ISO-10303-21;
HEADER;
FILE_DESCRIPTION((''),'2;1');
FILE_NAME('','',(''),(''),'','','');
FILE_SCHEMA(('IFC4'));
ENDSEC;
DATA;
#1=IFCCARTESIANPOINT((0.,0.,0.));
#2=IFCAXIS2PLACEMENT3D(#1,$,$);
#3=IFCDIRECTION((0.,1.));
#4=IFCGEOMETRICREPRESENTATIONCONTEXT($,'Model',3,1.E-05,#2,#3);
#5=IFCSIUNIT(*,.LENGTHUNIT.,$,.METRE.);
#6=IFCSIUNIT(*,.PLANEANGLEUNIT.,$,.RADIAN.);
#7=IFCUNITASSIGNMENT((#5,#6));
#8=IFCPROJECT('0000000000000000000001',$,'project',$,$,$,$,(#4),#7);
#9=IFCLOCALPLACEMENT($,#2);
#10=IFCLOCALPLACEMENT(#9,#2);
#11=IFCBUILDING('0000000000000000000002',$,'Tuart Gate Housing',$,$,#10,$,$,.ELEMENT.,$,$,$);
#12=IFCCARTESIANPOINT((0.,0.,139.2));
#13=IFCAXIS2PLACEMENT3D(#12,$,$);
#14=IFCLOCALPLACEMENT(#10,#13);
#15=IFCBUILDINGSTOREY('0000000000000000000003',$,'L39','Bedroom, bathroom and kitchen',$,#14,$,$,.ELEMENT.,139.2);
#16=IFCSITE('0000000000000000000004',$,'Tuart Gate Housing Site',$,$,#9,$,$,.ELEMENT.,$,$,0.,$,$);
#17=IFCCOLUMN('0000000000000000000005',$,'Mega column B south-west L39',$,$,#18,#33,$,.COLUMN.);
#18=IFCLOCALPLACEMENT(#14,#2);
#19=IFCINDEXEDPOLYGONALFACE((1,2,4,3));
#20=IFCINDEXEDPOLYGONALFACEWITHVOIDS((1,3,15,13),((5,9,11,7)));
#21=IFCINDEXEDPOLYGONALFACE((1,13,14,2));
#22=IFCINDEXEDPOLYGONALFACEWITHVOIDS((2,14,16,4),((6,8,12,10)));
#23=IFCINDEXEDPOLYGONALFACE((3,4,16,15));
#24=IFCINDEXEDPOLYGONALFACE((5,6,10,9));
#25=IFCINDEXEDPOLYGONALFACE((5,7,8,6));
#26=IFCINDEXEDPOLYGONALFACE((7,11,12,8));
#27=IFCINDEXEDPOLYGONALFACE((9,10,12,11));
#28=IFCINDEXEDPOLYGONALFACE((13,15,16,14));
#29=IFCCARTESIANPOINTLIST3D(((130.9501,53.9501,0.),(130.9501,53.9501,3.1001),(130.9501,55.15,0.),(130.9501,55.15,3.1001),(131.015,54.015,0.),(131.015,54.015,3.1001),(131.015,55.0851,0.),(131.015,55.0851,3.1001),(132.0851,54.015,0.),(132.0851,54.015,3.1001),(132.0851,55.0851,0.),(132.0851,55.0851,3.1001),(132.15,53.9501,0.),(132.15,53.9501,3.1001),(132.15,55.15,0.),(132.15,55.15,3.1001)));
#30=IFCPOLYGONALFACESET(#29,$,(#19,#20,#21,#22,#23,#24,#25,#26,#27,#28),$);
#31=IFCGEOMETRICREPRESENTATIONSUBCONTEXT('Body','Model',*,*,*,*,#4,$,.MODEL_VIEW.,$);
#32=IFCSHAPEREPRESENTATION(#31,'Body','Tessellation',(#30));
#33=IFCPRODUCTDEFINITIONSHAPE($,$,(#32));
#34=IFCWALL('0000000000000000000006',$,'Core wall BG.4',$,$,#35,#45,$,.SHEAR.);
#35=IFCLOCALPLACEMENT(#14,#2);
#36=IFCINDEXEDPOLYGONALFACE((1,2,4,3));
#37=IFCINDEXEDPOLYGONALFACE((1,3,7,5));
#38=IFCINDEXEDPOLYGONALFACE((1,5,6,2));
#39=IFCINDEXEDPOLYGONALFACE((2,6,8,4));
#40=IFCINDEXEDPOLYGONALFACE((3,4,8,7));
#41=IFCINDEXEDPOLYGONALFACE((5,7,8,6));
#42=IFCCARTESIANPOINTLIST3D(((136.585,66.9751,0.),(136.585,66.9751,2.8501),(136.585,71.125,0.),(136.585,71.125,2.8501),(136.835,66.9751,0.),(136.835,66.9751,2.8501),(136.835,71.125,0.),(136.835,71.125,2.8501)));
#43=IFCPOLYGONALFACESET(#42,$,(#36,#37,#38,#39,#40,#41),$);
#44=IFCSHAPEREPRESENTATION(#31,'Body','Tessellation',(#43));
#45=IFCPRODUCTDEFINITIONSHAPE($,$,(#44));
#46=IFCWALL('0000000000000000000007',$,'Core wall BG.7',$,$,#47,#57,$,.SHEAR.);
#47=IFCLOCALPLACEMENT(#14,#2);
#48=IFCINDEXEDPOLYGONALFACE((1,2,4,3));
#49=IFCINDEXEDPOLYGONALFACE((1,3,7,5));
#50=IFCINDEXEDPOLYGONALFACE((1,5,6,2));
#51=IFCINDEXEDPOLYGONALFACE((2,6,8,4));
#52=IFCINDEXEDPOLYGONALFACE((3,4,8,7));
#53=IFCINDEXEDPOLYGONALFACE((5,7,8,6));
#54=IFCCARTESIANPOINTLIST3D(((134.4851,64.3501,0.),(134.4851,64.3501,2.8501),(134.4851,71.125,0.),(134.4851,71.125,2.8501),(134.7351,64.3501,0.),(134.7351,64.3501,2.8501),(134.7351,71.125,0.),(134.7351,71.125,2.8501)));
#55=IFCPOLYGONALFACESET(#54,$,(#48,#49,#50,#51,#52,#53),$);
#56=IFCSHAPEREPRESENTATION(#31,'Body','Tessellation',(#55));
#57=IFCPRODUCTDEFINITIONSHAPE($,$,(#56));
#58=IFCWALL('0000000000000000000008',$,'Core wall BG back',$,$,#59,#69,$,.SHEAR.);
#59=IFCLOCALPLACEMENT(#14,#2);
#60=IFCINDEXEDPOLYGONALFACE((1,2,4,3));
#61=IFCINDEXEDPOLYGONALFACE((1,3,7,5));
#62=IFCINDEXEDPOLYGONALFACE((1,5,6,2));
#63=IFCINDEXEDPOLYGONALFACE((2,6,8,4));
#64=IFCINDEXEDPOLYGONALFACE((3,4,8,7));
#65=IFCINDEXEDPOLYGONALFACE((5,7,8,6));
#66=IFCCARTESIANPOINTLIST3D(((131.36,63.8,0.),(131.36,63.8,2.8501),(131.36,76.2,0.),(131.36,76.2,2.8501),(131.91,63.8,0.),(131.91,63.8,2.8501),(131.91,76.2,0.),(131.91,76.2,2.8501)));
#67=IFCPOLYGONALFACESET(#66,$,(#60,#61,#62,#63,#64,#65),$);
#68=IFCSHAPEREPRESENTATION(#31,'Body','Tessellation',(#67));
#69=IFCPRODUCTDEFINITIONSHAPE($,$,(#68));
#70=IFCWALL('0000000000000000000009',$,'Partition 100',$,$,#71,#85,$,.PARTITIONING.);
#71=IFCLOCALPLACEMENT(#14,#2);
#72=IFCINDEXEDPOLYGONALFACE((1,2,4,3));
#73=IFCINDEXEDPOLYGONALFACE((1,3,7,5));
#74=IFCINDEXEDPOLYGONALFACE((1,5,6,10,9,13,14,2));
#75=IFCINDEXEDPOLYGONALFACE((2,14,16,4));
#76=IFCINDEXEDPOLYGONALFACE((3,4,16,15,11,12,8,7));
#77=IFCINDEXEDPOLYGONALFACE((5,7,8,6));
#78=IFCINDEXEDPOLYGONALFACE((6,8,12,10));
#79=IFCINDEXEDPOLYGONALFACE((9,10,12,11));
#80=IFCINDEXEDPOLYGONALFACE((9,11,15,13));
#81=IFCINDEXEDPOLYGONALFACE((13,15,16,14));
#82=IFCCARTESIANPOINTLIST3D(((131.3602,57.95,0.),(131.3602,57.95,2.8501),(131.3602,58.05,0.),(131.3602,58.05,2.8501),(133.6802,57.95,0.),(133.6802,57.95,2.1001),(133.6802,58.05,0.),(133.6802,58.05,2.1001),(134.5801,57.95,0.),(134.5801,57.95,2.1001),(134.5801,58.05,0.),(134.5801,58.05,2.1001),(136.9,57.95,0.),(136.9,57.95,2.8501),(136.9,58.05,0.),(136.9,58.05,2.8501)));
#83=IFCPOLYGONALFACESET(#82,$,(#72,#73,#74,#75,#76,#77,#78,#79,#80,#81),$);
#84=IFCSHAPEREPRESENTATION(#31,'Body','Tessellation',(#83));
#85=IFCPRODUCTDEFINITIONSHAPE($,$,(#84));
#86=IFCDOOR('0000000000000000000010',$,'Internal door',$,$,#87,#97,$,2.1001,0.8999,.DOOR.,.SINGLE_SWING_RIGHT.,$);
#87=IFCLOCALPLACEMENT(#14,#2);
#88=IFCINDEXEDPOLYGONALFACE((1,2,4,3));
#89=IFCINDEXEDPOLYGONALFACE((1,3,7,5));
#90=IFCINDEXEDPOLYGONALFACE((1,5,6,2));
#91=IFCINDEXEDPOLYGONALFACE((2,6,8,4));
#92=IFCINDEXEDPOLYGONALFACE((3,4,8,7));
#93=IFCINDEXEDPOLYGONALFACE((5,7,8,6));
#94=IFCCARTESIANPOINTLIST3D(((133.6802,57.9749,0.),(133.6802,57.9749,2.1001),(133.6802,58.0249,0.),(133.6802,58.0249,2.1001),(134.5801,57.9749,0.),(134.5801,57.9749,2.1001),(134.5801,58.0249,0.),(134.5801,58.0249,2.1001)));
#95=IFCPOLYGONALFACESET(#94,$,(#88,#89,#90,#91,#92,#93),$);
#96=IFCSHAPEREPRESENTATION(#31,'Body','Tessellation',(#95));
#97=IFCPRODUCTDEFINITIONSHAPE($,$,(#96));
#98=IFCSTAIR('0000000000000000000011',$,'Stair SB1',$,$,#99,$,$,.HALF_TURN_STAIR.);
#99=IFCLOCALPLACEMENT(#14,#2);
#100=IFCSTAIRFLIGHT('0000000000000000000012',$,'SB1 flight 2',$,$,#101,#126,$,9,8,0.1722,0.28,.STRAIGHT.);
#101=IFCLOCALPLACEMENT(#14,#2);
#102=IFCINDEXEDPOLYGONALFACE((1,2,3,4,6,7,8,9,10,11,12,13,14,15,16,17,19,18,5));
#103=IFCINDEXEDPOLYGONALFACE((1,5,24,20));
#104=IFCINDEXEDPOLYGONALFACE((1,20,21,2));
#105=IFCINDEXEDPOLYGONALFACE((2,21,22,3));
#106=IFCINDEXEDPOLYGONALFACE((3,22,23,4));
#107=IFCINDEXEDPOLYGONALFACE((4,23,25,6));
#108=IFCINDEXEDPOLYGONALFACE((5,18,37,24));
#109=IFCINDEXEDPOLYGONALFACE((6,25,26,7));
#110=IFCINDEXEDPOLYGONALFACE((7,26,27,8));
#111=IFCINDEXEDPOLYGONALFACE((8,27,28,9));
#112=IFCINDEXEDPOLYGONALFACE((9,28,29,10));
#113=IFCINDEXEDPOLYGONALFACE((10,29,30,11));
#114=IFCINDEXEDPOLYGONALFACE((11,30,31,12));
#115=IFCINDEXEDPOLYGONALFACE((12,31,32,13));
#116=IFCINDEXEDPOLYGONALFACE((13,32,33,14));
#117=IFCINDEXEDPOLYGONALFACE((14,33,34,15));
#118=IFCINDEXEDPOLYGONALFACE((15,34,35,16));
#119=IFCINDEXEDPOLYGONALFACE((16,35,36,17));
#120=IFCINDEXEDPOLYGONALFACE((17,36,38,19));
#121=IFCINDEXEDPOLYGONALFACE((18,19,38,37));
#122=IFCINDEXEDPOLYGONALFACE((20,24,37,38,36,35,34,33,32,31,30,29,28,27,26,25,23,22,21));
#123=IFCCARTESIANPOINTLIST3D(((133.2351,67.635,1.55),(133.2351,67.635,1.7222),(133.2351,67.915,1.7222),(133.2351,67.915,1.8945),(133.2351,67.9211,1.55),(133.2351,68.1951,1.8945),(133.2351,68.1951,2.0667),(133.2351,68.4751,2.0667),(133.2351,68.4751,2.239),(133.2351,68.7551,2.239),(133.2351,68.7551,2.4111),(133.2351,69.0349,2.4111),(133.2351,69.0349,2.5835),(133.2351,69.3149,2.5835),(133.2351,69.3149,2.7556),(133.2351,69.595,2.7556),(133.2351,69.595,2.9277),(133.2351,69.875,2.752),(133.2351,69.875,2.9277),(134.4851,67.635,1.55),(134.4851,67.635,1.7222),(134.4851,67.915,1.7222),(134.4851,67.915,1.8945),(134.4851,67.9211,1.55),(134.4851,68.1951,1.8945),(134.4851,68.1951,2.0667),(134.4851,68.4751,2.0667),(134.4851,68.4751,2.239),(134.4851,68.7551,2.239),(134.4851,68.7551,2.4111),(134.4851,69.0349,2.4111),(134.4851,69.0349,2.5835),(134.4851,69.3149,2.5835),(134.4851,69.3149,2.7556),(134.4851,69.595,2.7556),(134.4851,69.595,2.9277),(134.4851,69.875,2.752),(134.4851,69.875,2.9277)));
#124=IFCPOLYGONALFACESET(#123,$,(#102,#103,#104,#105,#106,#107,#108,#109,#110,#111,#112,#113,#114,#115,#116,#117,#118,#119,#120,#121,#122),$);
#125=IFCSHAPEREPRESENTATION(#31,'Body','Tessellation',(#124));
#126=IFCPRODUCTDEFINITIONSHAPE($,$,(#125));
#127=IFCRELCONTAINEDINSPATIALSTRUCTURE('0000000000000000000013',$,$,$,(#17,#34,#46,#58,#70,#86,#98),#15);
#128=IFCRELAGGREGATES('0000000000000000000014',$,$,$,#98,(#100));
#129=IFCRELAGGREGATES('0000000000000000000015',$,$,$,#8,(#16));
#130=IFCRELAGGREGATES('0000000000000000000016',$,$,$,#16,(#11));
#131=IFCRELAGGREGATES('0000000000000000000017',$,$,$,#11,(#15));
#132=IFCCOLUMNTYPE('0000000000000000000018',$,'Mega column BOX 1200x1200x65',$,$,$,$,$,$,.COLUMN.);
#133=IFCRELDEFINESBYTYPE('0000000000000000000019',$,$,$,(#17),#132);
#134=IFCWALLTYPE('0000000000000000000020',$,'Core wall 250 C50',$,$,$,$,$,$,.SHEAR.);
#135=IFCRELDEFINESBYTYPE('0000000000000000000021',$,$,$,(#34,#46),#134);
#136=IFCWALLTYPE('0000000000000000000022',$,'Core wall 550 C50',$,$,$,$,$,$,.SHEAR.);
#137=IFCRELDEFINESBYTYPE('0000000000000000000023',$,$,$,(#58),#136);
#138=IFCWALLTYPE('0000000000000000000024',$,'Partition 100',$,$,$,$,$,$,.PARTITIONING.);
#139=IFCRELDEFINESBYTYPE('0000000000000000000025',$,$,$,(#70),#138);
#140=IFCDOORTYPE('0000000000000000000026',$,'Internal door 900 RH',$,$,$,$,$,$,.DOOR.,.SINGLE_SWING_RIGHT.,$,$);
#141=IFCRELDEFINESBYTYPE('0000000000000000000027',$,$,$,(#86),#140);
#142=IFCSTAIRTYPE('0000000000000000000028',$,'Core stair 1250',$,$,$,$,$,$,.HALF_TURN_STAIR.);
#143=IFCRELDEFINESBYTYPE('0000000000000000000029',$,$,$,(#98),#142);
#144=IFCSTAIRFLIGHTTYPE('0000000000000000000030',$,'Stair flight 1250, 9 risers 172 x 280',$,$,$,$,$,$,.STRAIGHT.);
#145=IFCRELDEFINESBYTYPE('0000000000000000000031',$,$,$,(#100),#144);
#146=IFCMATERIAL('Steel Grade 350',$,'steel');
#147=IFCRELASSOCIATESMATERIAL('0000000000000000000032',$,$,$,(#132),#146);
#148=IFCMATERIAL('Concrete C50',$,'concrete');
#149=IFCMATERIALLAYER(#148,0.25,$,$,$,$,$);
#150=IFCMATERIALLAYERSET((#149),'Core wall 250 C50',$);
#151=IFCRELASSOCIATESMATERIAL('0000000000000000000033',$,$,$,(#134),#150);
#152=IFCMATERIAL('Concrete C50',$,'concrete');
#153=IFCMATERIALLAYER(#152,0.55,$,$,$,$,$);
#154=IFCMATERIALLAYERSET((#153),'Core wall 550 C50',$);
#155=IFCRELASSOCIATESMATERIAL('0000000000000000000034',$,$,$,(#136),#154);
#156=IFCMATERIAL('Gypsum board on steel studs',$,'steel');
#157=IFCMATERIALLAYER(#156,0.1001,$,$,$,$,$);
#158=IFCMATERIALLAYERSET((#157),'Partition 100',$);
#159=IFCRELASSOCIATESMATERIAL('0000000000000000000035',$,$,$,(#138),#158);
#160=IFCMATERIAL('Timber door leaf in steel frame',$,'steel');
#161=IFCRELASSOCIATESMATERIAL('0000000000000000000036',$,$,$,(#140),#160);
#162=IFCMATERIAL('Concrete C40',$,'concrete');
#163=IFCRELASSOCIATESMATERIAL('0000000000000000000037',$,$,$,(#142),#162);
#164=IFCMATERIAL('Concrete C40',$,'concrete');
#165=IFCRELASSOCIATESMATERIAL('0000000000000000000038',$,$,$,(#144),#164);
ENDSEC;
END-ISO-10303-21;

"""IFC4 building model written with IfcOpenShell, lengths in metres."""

from ifc_helpers import new_model, si_unit, direction, frame, frame_2d, origin, origin_2d, place, context, subcontext, project, spatial, polyline, rectangle, hollow_rectangle, outline, extrude, material, layer, layer_set, material_profile, profile_set, type_object, element, fill, aggregate, save


model = new_model("IFC4")

# Units and contexts
model_context = context("Model", 3, precision=1e-05, world=origin(), true_north=direction((0.0, 1.0)))
body_context = subcontext(model_context, "Body", "Model", "MODEL_VIEW")
ifc_project = project(units=[si_unit("LENGTHUNIT", "METRE"), si_unit("PLANEANGLEUNIT", "RADIAN")], contexts=[model_context])

# Site, building, storey
site_placement = place(None, origin())
site = spatial("IfcSite", under=ifc_project, at=site_placement, Name="Tuart Gate Housing Site", CompositionType="ELEMENT", RefElevation=0.0)
building_placement = place(site_placement, origin())
building = spatial("IfcBuilding", under=site, at=building_placement, Name="Tuart Gate Housing", CompositionType="ELEMENT")
storey_placement = place(building_placement, frame((0.0, 0.0, 139.2)))
storey = spatial("IfcBuildingStorey", under=building, at=storey_placement, Name="L39", Description="Bedroom, bathroom and kitchen", CompositionType="ELEMENT", Elevation=139.2)

# Column
ifc_material_1 = material(Name="Steel Grade 350", Category="steel")
ifc_material_profile = material_profile(ifc_material_1, hollow_rectangle(XDim=1.2, YDim=1.2, WallThickness=0.0649, at=origin_2d()), Name="BOX 1200x1200x65")
ifc_profile_set = profile_set([ifc_material_profile], Name="Steel Grade 350")
column_type = type_object("IfcColumnType", Name="Mega column BOX 1200x1200x65", PredefinedType="COLUMN", material=ifc_profile_set)
column_placement = place(storey_placement, frame((131.55, 54.55, 0.0), z_axis=(0.0, 0.0, 1.0), x_axis=(1.0, 0.0, 0.0)))
element("IfcColumn", 1, at=column_placement, inside=storey, type_object=column_type, Name="Mega column B south-west L39", PredefinedType="COLUMN", context=body_context, shape_type="SweptSolid", body=[
    extrude(hollow_rectangle(XDim=1.2, YDim=1.2, WallThickness=0.0649, at=origin_2d()), origin(), (0.0, 0.0, 1.0), 3.1001),
])

# Walls
ifc_material_2 = material(Name="Concrete C50", Category="concrete")
ifc_layer_1 = layer(ifc_material_2, 0.25)
ifc_layer_set_1 = layer_set([ifc_layer_1], Name="Core wall 250 C50")
wall_type_1 = type_object("IfcWallType", Name="Core wall 250 C50", PredefinedType="SHEAR", material=ifc_layer_set_1)
wall_1_placement = place(storey_placement, frame((136.71, 66.9751, 0.0), z_axis=(0.0, 0.0, 1.0), x_axis=(0.0, 1.0, 0.0)))
element("IfcWall", 2, at=wall_1_placement, inside=storey, type_object=wall_type_1, Name="Core wall BG.4", PredefinedType="SHEAR", context=body_context, shape_type="SweptSolid", body=[
    extrude(rectangle(XDim=4.1499, YDim=0.25, at=frame_2d((2.075, 0.0))), origin(), (0.0, 0.0, 1.0), 2.8501),
])
wall_2_placement = place(storey_placement, frame((134.6101, 64.3501, 0.0), z_axis=(0.0, 0.0, 1.0), x_axis=(0.0, 1.0, 0.0)))
element("IfcWall", 3, at=wall_2_placement, inside=storey, type_object=wall_type_1, Name="Core wall BG.7", PredefinedType="SHEAR", context=body_context, shape_type="SweptSolid", body=[
    extrude(rectangle(XDim=6.7749, YDim=0.25, at=frame_2d((3.3875, 0.0))), origin(), (0.0, 0.0, 1.0), 2.8501),
])
ifc_material_3 = material(Name="Concrete C50", Category="concrete")
ifc_layer_2 = layer(ifc_material_3, 0.55)
ifc_layer_set_2 = layer_set([ifc_layer_2], Name="Core wall 550 C50")
wall_type_2 = type_object("IfcWallType", Name="Core wall 550 C50", PredefinedType="SHEAR", material=ifc_layer_set_2)
wall_3_placement = place(storey_placement, frame((131.635, 63.8, 0.0), z_axis=(0.0, 0.0, 1.0), x_axis=(0.0, 1.0, 0.0)))
element("IfcWall", 4, at=wall_3_placement, inside=storey, type_object=wall_type_2, Name="Core wall BG back", PredefinedType="SHEAR", context=body_context, shape_type="SweptSolid", body=[
    extrude(rectangle(XDim=12.3999, YDim=0.55, at=frame_2d((6.2, 0.0))), origin(), (0.0, 0.0, 1.0), 2.8501),
])

# Wall, opening, door
ifc_material_4 = material(Name="Gypsum board on steel studs", Category="steel")
ifc_layer_3 = layer(ifc_material_4, 0.1001)
ifc_layer_set_3 = layer_set([ifc_layer_3], Name="Partition 100")
wall_type_3 = type_object("IfcWallType", Name="Partition 100", PredefinedType="PARTITIONING", material=ifc_layer_set_3)
wall_4_placement = place(storey_placement, frame((131.3601, 58.0, 0.0), z_axis=(0.0, 0.0, 1.0), x_axis=(1.0, 0.0, 0.0)))
wall_4 = element("IfcWall", 5, at=wall_4_placement, inside=storey, type_object=wall_type_3, Name="Partition 100", PredefinedType="PARTITIONING", context=body_context, shape_type="SweptSolid", body=[
    extrude(rectangle(XDim=5.5398, YDim=0.1001, at=frame_2d((2.77, 0.0))), origin(), (0.0, 0.0, 1.0), 2.8501),
])
opening_1_placement = place(wall_4_placement, frame((2.3201, 0.0, 0.0)))
opening_1 = element("IfcOpeningElement", 6, at=opening_1_placement, cuts=wall_4, PredefinedType="OPENING", context=body_context, shape_type="SweptSolid", body=[
    extrude(rectangle(XDim=0.8999, YDim=2.1001, at=frame_2d((0.45, 1.05))), frame((0.0, 0.0601, 0.0), z_axis=(0.0, -1.0, 0.0), x_axis=(1.0, 0.0, 0.0)), (0.0, 0.0, 1.0), 0.1201),
])
ifc_material_5 = material(Name="Timber door leaf in steel frame", Category="steel")
door_type = type_object("IfcDoorType", Name="Internal door 900 RH", OperationType="SINGLE_SWING_RIGHT", PredefinedType="DOOR", material=ifc_material_5)
door_placement = place(opening_1_placement, frame((0.8999, 0.0, 0.0), z_axis=(0.0, 0.0, 1.0), x_axis=(-1.0, 0.0, 0.0)))
door = element("IfcDoor", 7, at=door_placement, inside=storey, type_object=door_type, Name="Internal door", OperationType="SINGLE_SWING_RIGHT", OverallHeight=2.1001, OverallWidth=0.8999, PredefinedType="DOOR", context=body_context, shape_type="SweptSolid", body=[
    extrude(rectangle(XDim=0.8999, YDim=2.1001, at=frame_2d((0.45, 1.05))), frame((0.0, 0.0251, 0.0), z_axis=(0.0, -1.0, 0.0), x_axis=(1.0, 0.0, 0.0)), (0.0, 0.0, 1.0), 0.05),
])
fill(opening_1, door)

# Stair, stair flight
ifc_material_6 = material(Name="Concrete C40", Category="concrete")
stair_type = type_object("IfcStairType", Name="Core stair 1250", PredefinedType="HALF_TURN_STAIR", material=ifc_material_6)
stair_placement = place(storey_placement, origin())
stair = element("IfcStair", 8, at=stair_placement, inside=storey, type_object=stair_type, Name="Stair SB1", PredefinedType="HALF_TURN_STAIR")
ifc_material_7 = material(Name="Concrete C40", Category="concrete")
stair_flight_type = type_object("IfcStairFlightType", Name="Stair flight 1250, 9 risers 172 x 280", PredefinedType="STRAIGHT", material=ifc_material_7)
stair_flight_placement = place(storey_placement, frame((133.8601, 67.635, 1.55), z_axis=(0.0, 0.0, 1.0), x_axis=(0.0, 1.0, 0.0)))
stair_flight = element("IfcStairFlight", 9, at=stair_flight_placement, type_object=stair_flight_type, Name="SB1 flight 2", NumberOfRisers=9, NumberOfTreads=8, PredefinedType="STRAIGHT", RiserHeight=0.1722, TreadLength=0.28, context=body_context, shape_type="SweptSolid", body=[
    extrude(outline(polyline([(0.0, 0.0), (0.0, 0.1721), (0.28, 0.1721), (0.28, 0.3445), (0.5601, 0.3445), (0.5601, 0.5166), (0.8401, 0.5166), (0.8401, 0.689), (1.1201, 0.689), (1.1201, 0.8611), (1.3999, 0.8611), (1.3999, 1.0334), (1.6799, 1.0334), (1.6799, 1.2056), (1.96, 1.2056), (1.96, 1.3777), (2.24, 1.3777), (2.24, 1.55), (2.24, 1.2019), (0.2861, 0.0), (0.0, 0.0)])), frame((0.0, 0.625, 0.0), z_axis=(0.0, -1.0, 0.0), x_axis=(1.0, 0.0, 0.0)), (0.0, 0.0, 1.0), 1.25),
])
aggregate(stair, [stair_flight])

save(model, "model.ifc")
